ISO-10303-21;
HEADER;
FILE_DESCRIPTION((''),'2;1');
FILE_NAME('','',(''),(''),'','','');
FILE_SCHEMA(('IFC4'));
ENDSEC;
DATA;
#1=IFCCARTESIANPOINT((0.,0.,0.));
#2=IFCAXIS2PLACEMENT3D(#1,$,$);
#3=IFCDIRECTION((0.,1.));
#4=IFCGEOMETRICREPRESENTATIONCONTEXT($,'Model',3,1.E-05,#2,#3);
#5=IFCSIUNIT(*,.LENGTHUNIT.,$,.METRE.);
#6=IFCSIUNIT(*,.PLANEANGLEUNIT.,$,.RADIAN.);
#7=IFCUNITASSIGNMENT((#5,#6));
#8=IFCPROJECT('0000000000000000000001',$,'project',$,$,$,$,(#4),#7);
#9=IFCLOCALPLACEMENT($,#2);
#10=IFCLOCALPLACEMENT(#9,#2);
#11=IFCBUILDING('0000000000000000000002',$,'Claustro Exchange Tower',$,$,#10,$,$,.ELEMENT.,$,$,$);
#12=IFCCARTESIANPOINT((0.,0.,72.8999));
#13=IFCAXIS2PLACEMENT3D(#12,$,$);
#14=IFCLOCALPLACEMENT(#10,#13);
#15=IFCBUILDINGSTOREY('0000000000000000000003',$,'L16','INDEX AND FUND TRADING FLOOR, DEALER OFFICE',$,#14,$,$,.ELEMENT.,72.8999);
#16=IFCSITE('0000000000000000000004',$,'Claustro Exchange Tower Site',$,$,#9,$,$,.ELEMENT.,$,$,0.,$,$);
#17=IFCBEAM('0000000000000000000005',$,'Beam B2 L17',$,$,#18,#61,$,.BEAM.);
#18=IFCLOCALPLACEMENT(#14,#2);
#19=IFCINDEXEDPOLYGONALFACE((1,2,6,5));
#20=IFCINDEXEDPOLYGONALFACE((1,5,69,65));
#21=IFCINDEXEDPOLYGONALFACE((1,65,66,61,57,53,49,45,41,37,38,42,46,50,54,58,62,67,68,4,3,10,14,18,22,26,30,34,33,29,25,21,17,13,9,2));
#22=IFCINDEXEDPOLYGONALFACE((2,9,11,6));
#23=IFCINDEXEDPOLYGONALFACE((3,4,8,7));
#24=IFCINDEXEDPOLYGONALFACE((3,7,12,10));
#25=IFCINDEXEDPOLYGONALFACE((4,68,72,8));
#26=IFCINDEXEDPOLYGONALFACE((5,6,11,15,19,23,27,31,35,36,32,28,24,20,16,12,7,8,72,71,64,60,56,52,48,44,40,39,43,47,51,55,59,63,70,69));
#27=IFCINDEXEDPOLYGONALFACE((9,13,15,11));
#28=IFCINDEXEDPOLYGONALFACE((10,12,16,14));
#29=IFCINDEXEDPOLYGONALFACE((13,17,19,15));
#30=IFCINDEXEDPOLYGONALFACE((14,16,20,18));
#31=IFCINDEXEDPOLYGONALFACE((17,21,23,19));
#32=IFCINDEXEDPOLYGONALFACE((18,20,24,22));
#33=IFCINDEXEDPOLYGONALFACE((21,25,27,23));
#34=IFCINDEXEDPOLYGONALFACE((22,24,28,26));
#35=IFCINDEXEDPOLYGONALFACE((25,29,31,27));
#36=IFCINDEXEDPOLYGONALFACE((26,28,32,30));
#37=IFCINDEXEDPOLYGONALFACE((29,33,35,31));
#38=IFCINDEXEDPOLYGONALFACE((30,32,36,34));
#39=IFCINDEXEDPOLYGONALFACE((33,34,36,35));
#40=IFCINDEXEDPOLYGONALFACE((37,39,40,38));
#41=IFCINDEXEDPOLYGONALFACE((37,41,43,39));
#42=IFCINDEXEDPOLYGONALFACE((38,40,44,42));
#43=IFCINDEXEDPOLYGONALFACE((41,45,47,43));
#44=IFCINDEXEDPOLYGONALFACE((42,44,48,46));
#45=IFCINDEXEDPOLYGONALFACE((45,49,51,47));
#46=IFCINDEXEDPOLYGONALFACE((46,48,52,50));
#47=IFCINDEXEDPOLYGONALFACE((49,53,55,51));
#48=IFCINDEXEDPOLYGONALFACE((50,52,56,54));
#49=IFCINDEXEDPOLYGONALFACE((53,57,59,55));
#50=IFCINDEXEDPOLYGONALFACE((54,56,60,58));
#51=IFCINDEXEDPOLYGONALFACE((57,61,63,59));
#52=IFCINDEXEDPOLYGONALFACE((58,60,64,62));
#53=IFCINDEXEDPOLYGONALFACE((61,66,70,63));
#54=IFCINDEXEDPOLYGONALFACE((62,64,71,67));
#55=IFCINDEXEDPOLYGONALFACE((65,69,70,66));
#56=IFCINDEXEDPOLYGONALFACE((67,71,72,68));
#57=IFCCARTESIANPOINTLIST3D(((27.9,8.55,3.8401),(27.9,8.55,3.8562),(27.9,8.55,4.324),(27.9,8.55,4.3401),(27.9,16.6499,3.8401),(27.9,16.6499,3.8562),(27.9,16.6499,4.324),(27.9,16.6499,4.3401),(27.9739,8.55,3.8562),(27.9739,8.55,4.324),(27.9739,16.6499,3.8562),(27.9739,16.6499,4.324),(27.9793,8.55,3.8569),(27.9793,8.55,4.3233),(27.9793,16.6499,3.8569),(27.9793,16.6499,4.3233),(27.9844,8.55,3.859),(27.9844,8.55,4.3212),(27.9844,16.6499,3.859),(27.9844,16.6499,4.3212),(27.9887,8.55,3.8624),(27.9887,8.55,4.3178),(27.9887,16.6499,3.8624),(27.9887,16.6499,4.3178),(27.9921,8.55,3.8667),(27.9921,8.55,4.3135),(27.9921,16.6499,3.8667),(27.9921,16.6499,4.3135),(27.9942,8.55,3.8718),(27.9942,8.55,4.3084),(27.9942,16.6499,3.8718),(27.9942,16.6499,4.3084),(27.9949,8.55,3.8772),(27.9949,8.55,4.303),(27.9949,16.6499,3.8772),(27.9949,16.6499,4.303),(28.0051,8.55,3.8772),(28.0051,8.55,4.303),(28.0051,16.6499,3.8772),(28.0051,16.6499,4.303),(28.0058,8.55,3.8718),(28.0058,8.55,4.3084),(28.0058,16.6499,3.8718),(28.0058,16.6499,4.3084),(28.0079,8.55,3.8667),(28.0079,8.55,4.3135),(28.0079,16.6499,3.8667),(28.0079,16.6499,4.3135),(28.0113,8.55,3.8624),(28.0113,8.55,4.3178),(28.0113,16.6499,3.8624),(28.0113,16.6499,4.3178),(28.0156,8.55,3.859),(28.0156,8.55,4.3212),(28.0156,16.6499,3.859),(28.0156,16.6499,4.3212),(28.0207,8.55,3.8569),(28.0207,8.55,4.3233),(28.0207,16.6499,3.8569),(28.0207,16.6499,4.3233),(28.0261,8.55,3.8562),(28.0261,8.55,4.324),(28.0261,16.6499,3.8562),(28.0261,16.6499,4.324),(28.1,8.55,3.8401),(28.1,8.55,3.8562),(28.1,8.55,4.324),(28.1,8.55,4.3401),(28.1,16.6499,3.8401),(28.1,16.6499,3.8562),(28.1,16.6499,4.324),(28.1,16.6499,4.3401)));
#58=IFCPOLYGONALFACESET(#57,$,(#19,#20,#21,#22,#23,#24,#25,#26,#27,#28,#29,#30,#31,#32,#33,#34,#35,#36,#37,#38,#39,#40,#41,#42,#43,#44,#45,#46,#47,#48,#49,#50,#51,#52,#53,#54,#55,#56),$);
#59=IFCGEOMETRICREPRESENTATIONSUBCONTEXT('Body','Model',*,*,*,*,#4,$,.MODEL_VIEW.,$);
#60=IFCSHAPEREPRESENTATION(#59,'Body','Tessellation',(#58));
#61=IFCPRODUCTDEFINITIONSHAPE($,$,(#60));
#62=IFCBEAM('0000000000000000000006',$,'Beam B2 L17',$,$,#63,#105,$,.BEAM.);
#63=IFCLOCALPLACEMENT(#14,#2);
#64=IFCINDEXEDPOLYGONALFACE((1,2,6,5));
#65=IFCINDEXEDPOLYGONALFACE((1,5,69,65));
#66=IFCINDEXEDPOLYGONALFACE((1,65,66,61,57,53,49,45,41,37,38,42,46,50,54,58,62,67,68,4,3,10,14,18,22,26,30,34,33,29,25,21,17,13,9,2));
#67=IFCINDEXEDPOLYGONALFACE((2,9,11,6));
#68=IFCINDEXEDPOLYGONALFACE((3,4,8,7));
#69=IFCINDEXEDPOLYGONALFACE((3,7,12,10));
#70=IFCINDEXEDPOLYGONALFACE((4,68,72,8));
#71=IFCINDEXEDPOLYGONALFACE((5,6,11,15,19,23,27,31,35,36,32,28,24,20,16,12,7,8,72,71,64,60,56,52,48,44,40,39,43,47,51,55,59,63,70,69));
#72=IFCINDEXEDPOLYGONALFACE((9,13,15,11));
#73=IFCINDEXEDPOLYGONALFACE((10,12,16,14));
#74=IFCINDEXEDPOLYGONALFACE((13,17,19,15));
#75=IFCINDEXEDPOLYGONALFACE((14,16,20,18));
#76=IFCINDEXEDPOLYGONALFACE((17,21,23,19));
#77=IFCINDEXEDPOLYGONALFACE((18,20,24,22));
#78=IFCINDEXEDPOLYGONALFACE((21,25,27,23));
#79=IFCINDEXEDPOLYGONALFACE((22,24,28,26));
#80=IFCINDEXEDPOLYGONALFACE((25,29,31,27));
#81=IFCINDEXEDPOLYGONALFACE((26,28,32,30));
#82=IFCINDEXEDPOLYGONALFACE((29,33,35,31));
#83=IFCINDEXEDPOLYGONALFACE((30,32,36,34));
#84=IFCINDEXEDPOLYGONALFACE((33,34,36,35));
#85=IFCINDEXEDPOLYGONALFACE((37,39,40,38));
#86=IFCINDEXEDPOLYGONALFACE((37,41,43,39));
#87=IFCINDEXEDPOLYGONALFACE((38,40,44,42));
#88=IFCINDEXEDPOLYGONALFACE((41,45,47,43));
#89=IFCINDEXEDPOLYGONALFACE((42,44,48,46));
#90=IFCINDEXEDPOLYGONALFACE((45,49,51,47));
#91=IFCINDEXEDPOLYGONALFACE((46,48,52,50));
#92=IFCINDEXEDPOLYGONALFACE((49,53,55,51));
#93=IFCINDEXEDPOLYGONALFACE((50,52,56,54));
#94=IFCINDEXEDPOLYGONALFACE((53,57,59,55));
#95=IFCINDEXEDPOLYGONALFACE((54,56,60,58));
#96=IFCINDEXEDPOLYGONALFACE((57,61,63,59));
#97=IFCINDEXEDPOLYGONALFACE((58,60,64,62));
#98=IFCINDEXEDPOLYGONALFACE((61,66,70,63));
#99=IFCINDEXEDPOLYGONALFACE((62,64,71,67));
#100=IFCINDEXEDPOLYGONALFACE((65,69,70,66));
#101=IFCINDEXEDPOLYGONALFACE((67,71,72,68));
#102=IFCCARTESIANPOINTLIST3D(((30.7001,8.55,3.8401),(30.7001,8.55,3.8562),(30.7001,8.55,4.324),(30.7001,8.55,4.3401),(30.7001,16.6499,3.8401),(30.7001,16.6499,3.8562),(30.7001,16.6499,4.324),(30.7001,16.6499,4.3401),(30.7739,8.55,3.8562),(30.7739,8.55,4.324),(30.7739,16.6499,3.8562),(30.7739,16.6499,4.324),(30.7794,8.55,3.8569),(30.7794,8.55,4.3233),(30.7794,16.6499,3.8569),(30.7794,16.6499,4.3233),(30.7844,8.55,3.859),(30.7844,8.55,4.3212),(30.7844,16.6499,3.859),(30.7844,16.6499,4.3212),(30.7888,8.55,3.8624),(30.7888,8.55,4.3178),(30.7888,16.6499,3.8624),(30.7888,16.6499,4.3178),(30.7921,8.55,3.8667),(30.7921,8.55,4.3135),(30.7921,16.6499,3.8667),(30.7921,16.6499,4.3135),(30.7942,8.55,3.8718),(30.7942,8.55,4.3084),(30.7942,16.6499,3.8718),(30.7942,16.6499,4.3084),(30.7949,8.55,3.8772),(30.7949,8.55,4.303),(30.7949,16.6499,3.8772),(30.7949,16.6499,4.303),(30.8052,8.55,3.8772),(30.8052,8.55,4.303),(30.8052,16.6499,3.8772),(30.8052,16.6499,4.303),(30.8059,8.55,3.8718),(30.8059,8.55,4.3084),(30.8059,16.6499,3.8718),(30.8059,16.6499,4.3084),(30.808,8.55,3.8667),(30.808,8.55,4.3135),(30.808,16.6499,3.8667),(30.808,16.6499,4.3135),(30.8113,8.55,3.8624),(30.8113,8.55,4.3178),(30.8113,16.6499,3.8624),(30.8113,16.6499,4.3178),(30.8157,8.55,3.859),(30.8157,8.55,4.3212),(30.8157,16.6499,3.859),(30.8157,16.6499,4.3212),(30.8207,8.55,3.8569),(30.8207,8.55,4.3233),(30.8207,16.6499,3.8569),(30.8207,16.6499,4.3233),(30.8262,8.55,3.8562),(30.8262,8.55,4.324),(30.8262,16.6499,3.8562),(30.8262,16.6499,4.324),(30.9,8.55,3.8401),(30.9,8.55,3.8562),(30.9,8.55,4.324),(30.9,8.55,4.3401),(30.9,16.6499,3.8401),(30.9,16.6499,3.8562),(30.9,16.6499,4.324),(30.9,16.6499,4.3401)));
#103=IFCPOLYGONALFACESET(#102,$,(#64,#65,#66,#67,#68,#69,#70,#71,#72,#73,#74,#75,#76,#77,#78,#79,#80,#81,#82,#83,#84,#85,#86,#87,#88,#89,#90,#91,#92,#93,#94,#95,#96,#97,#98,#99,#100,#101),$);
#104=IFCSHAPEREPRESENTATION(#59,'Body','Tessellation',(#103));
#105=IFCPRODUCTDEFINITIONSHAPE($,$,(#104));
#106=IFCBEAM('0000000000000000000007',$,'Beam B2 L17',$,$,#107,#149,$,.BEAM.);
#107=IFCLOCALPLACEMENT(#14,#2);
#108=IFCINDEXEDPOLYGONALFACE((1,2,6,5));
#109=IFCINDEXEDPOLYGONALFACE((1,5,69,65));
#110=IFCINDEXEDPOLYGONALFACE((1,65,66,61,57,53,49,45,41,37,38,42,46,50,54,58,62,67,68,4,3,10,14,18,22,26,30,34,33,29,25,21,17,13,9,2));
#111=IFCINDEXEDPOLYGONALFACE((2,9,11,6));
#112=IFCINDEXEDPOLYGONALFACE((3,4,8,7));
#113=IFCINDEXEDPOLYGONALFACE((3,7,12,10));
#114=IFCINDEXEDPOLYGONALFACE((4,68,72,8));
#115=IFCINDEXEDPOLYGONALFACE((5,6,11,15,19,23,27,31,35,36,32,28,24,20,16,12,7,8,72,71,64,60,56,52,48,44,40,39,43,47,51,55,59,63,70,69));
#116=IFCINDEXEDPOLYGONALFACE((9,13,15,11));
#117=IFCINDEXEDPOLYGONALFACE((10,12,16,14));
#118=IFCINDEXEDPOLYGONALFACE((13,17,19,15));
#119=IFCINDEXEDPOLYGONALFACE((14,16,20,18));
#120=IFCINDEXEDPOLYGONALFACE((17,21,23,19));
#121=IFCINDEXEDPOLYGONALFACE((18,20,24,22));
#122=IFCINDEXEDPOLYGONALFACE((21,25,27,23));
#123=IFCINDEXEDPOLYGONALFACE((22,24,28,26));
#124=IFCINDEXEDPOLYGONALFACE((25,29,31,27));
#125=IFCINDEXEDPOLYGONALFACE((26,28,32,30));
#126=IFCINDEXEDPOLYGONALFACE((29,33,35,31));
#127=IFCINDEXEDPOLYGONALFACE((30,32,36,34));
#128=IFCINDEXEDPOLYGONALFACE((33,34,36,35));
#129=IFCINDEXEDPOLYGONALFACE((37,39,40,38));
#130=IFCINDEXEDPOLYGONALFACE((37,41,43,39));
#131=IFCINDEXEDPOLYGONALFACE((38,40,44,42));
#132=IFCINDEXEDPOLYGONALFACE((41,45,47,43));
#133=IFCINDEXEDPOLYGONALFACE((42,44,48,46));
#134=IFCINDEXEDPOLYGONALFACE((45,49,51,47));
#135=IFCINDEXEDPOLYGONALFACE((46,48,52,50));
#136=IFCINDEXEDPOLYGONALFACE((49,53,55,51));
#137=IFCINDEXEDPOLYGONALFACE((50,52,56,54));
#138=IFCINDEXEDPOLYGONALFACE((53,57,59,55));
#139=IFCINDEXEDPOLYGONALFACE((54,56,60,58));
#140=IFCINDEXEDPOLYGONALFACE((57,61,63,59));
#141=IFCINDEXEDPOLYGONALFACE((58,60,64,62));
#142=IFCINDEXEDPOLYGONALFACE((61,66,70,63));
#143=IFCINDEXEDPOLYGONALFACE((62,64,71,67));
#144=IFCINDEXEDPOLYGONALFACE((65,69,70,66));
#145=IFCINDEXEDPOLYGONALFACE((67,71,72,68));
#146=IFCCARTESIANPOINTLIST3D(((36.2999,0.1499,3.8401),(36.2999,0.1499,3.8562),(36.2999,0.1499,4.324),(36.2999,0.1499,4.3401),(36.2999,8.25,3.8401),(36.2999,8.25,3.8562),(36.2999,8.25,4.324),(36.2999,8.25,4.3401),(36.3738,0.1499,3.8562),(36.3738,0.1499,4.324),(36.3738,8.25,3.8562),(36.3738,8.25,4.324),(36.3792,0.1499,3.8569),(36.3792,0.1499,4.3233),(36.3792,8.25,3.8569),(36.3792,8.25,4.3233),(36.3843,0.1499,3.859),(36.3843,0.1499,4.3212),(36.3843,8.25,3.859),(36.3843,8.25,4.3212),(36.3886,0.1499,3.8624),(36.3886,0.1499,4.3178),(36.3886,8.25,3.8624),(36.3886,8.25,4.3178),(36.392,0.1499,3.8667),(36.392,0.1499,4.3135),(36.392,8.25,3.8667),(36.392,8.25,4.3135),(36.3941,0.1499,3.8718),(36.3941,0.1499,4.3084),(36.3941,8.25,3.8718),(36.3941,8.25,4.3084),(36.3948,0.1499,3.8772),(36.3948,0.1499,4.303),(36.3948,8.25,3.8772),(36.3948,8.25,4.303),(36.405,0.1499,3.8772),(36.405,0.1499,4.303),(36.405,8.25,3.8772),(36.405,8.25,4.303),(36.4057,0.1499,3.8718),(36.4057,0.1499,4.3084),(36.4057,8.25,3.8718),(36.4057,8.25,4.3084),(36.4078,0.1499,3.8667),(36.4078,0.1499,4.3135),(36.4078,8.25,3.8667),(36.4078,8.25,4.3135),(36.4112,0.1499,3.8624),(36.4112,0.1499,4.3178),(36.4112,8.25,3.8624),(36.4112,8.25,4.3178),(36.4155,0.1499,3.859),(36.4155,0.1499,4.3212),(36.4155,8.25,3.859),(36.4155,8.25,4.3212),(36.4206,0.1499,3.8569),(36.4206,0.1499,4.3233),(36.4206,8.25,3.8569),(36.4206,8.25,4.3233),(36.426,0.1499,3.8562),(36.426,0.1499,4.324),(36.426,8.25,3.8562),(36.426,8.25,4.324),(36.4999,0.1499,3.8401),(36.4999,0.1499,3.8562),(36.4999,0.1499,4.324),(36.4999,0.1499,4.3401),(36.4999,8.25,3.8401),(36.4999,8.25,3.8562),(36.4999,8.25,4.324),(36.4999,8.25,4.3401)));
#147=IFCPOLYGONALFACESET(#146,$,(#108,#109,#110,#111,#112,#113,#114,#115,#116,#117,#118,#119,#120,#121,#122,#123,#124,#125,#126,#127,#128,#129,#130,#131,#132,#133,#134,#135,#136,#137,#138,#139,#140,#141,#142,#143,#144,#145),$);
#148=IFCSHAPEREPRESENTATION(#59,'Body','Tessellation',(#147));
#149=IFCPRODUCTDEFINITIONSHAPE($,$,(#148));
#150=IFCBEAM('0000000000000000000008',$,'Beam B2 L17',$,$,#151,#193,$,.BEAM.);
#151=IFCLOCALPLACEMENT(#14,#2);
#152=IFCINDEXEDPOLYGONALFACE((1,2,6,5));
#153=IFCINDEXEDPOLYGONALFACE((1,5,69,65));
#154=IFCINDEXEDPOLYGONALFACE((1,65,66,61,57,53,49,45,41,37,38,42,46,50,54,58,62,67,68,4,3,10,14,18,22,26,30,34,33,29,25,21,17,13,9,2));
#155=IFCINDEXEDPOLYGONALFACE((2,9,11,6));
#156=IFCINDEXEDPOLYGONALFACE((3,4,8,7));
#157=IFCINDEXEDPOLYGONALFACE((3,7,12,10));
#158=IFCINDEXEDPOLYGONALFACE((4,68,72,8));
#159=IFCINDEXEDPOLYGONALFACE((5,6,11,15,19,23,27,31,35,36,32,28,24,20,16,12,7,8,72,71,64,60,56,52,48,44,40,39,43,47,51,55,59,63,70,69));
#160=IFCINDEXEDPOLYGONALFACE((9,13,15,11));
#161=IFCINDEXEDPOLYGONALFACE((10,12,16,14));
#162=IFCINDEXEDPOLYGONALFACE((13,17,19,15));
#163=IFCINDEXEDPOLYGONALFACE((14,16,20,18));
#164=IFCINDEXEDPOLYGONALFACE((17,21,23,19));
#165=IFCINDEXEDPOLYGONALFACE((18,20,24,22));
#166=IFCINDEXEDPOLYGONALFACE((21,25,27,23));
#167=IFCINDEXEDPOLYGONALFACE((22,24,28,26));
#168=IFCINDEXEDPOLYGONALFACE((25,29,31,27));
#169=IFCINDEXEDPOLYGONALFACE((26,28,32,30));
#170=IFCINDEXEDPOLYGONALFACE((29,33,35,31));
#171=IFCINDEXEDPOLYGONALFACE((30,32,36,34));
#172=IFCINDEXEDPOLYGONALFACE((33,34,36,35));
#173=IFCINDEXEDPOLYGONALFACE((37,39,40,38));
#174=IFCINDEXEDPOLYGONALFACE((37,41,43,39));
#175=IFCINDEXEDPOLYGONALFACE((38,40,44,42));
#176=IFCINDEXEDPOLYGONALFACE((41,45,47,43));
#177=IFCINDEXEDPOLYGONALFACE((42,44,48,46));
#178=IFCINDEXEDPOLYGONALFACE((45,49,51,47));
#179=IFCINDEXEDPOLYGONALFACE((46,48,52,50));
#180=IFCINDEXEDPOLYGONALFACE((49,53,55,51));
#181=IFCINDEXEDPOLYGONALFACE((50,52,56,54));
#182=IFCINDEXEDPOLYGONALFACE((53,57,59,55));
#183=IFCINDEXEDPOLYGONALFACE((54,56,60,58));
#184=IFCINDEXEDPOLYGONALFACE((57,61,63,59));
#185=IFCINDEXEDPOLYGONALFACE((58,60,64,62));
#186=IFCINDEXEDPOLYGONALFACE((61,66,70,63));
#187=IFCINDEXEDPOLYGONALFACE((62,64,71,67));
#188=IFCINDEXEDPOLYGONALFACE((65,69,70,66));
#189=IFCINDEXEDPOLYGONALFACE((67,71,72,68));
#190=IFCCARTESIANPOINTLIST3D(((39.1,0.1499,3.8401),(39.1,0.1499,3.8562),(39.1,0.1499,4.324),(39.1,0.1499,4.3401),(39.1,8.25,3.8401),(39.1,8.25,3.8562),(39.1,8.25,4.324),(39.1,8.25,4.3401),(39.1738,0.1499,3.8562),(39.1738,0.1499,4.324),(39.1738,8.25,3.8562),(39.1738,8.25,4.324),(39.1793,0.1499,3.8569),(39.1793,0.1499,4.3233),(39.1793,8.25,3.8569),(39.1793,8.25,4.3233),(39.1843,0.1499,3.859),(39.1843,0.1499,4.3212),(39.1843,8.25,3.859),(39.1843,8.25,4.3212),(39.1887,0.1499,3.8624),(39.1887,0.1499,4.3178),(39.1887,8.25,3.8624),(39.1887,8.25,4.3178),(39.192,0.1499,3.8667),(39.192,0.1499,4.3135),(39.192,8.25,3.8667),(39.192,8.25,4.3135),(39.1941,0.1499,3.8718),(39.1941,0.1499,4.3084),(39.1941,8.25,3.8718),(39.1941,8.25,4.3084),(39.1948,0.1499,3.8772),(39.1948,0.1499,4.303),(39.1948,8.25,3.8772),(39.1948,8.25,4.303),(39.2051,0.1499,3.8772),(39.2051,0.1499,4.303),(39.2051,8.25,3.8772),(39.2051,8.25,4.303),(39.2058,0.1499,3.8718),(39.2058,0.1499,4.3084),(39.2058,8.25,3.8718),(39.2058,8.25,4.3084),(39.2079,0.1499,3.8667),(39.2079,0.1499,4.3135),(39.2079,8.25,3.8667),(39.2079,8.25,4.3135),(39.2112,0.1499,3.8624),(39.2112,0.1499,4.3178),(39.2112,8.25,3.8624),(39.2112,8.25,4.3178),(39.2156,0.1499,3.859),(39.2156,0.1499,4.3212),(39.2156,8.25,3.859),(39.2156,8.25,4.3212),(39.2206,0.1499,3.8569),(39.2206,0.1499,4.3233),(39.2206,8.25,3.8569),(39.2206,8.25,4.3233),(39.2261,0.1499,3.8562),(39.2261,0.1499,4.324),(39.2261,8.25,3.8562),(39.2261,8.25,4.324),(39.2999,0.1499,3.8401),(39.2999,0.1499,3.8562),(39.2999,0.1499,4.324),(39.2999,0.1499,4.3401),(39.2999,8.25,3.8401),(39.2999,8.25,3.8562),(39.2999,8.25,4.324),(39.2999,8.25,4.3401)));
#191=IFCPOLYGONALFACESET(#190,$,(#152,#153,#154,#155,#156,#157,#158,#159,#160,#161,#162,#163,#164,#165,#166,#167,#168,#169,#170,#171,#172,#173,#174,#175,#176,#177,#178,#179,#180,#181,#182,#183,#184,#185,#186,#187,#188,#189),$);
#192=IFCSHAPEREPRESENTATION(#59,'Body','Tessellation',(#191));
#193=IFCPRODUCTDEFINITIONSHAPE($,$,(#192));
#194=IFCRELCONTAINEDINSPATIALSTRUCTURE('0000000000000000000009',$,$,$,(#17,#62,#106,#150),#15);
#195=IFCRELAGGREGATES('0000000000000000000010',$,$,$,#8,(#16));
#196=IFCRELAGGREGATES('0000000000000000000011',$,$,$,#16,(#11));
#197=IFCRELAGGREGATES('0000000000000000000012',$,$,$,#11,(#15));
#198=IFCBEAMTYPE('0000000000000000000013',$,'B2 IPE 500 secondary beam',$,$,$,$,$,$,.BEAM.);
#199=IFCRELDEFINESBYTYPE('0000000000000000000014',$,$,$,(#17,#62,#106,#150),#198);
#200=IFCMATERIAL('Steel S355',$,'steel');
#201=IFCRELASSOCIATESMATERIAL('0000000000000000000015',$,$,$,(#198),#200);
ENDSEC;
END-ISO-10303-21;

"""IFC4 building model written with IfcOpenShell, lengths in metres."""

from ifc_helpers import new_model, si_unit, direction, frame, origin, origin_2d, place, context, subcontext, project, spatial, i_section, extrude, material, material_profile, profile_set, type_object, element, save


model = new_model("IFC4")

# Units and contexts
model_context = context("Model", 3, precision=1e-05, world=origin(), true_north=direction((0.0, 1.0)))
body_context = subcontext(model_context, "Body", "Model", "MODEL_VIEW")
ifc_project = project(units=[si_unit("LENGTHUNIT", "METRE"), si_unit("PLANEANGLEUNIT", "RADIAN")], contexts=[model_context])

# Site, building, storey
site_placement = place(None, origin())
site = spatial("IfcSite", under=ifc_project, at=site_placement, Name="Claustro Exchange Tower Site", CompositionType="ELEMENT", RefElevation=0.0)
building_placement = place(site_placement, origin())
building = spatial("IfcBuilding", under=site, at=building_placement, Name="Claustro Exchange Tower", CompositionType="ELEMENT")
storey_placement = place(building_placement, frame((0.0, 0.0, 72.8999)))
storey = spatial("IfcBuildingStorey", under=building, at=storey_placement, Name="L16", Description="INDEX AND FUND TRADING FLOOR, DEALER OFFICE", CompositionType="ELEMENT", Elevation=72.8999)

# Beams
ifc_material_1 = material(Name="Steel S355", Category="steel")
ifc_material_profile_1 = material_profile(ifc_material_1, i_section(OverallWidth=0.2, OverallDepth=0.5, WebThickness=0.0103, FlangeThickness=0.0161, FilletRadius=0.021, at=origin_2d()), Name="IPE 500")
ifc_profile_set_1 = profile_set([ifc_material_profile_1], Name="Steel S355")
beam_type_1 = type_object("IfcBeamType", Name="B2 IPE 500 secondary beam", PredefinedType="BEAM", material=ifc_profile_set_1)
for number, where, z_axis, x_axis, name in (
    (1, (28.0, 8.55, 4.0901), (0.0, 1.0, 0.0), (-1.0, 0.0, 0.0), "Beam B2 L17"),
    (2, (30.8, 8.55, 4.0901), (0.0, 1.0, 0.0), (-1.0, 0.0, 0.0), "Beam B2 L17"),
):
    element("IfcBeam", number, at=place(storey_placement, frame(where, z_axis=z_axis, x_axis=x_axis)), inside=storey, type_object=beam_type_1, Name=name, PredefinedType="BEAM", context=body_context, shape_type="SweptSolid", body=[
        extrude(i_section(OverallWidth=0.2, OverallDepth=0.5, WebThickness=0.0103, FlangeThickness=0.0161, FilletRadius=0.021, at=origin_2d()), origin(), (0.0, 0.0, 1.0), 8.0999),
    ])
for number, where, z_axis, x_axis, name in (
    (3, (36.3999, 0.1499, 4.0901), (0.0, 1.0, 0.0), (-1.0, 0.0, 0.0), "Beam B2 L17"),
    (4, (39.2, 0.1499, 4.0901), (0.0, 1.0, 0.0), (-1.0, 0.0, 0.0), "Beam B2 L17"),
):
    element("IfcBeam", number, at=place(storey_placement, frame(where, z_axis=z_axis, x_axis=x_axis)), inside=storey, type_object=beam_type_1, Name=name, PredefinedType="BEAM", context=body_context, shape_type="SweptSolid", body=[
        extrude(i_section(OverallWidth=0.2, OverallDepth=0.5, WebThickness=0.0103, FlangeThickness=0.0161, FilletRadius=0.021, at=origin_2d()), origin(), (0.0, 0.0, 1.0), 8.1001),
    ])

save(model, "model.ifc")
